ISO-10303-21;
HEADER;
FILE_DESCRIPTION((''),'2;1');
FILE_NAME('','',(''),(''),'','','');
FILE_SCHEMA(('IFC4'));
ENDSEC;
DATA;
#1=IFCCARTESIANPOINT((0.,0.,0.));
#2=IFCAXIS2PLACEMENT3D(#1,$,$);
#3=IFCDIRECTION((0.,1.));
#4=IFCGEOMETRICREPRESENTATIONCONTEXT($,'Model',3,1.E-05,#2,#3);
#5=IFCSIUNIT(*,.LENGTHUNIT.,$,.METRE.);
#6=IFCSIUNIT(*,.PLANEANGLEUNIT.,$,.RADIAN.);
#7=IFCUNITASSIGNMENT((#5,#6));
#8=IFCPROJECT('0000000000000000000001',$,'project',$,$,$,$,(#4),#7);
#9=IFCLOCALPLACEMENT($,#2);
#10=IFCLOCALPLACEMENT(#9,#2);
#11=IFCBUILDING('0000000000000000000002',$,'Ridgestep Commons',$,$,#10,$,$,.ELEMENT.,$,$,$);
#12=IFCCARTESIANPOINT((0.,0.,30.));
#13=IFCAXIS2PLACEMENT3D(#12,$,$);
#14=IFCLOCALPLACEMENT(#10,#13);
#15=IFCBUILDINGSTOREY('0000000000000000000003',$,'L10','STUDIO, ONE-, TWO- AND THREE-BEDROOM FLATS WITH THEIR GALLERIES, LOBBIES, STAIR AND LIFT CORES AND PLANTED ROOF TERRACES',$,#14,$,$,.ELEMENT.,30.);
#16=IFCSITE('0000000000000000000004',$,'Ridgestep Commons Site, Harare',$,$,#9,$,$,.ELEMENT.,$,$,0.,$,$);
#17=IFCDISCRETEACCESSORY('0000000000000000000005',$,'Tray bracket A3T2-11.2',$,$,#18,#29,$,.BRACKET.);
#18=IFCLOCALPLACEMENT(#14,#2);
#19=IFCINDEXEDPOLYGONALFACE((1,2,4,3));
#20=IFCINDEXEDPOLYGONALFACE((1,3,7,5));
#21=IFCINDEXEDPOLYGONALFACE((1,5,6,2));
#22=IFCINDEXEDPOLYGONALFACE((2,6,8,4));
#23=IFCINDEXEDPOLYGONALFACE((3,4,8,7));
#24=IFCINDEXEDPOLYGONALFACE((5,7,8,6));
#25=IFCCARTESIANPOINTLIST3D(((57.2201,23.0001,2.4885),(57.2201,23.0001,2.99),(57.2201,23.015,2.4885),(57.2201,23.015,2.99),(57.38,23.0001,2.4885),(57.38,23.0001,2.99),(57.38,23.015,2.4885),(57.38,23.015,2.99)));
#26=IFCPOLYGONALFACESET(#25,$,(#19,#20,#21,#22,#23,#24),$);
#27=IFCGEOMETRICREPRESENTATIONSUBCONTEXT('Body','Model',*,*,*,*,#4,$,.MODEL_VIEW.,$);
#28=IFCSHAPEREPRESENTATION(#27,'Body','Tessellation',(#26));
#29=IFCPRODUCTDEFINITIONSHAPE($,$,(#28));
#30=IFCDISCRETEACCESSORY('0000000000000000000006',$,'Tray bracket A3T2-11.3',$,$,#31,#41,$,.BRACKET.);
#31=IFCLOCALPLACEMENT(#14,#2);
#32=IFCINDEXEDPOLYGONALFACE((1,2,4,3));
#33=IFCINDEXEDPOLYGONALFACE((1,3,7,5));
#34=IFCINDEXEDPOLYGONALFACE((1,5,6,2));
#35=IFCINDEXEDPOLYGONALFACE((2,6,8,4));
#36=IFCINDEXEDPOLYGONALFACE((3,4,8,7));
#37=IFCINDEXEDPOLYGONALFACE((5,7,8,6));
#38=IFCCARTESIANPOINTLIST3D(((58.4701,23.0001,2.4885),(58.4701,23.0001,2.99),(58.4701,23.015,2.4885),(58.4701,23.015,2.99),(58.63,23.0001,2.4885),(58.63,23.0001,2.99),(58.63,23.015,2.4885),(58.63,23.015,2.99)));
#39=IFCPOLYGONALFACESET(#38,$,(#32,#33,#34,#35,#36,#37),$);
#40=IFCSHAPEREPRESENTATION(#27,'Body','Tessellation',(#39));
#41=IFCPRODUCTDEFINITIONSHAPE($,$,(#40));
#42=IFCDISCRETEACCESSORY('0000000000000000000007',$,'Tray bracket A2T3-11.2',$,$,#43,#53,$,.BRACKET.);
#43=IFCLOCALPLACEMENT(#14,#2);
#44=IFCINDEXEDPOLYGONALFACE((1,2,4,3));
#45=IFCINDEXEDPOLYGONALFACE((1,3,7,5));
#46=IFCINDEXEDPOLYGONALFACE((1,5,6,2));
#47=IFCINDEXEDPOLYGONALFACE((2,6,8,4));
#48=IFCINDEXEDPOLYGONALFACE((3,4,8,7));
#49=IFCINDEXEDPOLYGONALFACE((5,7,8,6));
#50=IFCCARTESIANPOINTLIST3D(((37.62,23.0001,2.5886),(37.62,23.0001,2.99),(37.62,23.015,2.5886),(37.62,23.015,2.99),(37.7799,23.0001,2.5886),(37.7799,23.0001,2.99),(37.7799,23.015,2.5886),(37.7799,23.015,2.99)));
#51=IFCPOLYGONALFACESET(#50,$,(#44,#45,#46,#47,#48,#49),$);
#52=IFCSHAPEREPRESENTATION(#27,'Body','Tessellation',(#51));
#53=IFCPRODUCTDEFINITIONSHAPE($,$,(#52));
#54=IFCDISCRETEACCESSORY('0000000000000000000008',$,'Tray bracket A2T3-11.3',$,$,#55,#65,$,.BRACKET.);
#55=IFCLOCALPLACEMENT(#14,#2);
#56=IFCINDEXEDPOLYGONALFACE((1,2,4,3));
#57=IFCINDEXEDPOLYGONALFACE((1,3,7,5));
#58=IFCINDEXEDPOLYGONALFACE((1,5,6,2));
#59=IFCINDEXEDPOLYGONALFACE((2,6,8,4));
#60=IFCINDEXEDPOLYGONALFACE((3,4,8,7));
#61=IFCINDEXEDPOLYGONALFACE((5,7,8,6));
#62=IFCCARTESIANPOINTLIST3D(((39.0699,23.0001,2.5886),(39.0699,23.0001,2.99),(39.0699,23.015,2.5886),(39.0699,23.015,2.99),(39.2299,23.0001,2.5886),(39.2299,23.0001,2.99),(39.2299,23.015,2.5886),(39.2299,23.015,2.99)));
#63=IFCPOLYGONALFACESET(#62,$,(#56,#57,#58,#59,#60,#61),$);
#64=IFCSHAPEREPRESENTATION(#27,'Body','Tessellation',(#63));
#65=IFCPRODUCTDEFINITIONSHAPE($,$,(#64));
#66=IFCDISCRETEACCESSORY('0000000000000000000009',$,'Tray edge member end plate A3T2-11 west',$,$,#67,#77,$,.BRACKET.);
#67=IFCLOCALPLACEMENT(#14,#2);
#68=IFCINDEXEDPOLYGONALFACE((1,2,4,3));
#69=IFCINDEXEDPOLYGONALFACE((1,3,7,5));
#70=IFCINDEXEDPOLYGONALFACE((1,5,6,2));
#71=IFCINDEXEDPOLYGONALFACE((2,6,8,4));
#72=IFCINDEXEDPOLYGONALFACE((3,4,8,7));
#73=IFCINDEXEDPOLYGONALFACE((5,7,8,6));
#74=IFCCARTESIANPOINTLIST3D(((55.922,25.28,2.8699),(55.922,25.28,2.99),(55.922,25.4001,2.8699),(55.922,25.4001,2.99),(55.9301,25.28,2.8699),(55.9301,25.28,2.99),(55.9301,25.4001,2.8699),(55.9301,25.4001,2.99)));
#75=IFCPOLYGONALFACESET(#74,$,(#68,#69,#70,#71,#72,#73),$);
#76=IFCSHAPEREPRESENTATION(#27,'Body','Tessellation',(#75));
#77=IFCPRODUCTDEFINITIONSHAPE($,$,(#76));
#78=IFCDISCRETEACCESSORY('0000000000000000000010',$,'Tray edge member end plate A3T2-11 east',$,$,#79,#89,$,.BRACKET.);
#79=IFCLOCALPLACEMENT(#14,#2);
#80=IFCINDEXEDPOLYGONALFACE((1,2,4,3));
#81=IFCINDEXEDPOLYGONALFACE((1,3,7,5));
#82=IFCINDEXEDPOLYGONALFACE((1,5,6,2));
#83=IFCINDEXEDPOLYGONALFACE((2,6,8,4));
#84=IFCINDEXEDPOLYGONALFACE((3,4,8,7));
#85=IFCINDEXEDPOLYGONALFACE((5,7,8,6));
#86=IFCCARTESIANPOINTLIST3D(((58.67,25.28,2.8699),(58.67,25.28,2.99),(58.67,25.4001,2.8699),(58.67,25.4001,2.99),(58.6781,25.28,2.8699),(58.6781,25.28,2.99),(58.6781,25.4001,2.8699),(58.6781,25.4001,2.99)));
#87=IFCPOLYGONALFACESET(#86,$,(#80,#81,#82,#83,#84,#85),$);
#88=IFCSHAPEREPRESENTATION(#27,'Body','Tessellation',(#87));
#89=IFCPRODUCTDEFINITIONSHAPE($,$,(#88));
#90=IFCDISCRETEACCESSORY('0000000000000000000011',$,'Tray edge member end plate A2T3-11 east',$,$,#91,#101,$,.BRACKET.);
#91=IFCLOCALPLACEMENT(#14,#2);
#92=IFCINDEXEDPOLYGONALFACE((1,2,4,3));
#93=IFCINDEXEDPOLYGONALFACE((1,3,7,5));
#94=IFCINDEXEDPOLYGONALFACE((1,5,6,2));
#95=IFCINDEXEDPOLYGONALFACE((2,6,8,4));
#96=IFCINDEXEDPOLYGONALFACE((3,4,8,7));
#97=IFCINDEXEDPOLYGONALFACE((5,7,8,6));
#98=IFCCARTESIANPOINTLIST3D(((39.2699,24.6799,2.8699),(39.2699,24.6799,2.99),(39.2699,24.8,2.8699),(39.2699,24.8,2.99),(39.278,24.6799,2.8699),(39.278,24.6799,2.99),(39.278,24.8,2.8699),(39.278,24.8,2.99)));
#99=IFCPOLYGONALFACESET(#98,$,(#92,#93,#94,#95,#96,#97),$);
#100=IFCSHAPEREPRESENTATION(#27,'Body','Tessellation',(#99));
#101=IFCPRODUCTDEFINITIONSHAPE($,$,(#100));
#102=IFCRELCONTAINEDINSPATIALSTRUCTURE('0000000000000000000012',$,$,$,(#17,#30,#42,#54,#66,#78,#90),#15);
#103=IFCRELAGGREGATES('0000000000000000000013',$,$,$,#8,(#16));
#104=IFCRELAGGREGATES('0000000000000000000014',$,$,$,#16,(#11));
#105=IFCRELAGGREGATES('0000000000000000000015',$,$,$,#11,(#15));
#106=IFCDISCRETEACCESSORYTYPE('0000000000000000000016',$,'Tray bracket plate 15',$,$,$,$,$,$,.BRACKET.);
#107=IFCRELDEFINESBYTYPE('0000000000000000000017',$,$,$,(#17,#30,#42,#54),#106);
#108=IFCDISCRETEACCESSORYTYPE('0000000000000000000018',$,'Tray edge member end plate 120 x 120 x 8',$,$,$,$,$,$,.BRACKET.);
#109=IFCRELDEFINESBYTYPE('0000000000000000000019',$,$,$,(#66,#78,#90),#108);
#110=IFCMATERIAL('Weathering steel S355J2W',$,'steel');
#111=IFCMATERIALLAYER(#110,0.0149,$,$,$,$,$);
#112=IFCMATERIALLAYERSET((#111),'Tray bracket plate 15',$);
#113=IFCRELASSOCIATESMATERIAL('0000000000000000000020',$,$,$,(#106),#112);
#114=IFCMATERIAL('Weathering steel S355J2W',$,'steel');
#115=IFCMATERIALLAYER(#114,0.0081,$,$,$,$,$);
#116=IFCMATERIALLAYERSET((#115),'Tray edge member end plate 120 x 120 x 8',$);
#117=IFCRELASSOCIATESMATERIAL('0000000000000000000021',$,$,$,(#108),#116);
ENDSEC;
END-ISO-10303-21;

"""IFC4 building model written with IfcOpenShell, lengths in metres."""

from ifc_helpers import new_model, si_unit, direction, frame, origin, origin_2d, place, context, subcontext, project, spatial, rectangle, extrude, material, layer, layer_set, type_object, element, save


model = new_model("IFC4")

# Units and contexts
model_context = context("Model", 3, precision=1e-05, world=origin(), true_north=direction((0.0, 1.0)))
body_context = subcontext(model_context, "Body", "Model", "MODEL_VIEW")
ifc_project = project(units=[si_unit("LENGTHUNIT", "METRE"), si_unit("PLANEANGLEUNIT", "RADIAN")], contexts=[model_context])

# Site, building, storey
site_placement = place(None, origin())
site = spatial("IfcSite", under=ifc_project, at=site_placement, Name="Ridgestep Commons Site, Harare", CompositionType="ELEMENT", RefElevation=0.0)
building_placement = place(site_placement, origin())
building = spatial("IfcBuilding", under=site, at=building_placement, Name="Ridgestep Commons", CompositionType="ELEMENT")
storey_placement = place(building_placement, frame((0.0, 0.0, 30.0)))
storey = spatial("IfcBuildingStorey", under=building, at=storey_placement, Name="L10", Description="STUDIO, ONE-, TWO- AND THREE-BEDROOM FLATS WITH THEIR GALLERIES, LOBBIES, STAIR AND LIFT CORES AND PLANTED ROOF TERRACES", CompositionType="ELEMENT", Elevation=30.0)

# Discrete accessories
ifc_material_1 = material(Name="Weathering steel S355J2W", Category="steel")
ifc_layer_1 = layer(ifc_material_1, 0.0149)
ifc_layer_set_1 = layer_set([ifc_layer_1], Name="Tray bracket plate 15")
discrete_accessory_type_1 = type_object("IfcDiscreteAccessoryType", Name="Tray bracket plate 15", PredefinedType="BRACKET", material=ifc_layer_set_1)
for number, where, z_axis, x_axis, name in (
    (1, (57.3, 23.0076, 2.4885), (0.0, 0.0, 1.0), (1.0, 0.0, 0.0), "Tray bracket A3T2-11.2"),
    (2, (58.55, 23.0076, 2.4885), (0.0, 0.0, 1.0), (1.0, 0.0, 0.0), "Tray bracket A3T2-11.3"),
):
    element("IfcDiscreteAccessory", number, at=place(storey_placement, frame(where, z_axis=z_axis, x_axis=x_axis)), inside=storey, type_object=discrete_accessory_type_1, Name=name, PredefinedType="BRACKET", context=body_context, shape_type="SweptSolid", body=[
        extrude(rectangle(XDim=0.1599, YDim=0.0149, at=origin_2d()), origin(), (0.0, 0.0, 1.0), 0.5015),
    ])
for number, where, z_axis, x_axis, name in (
    (3, (37.7, 23.0076, 2.5886), (0.0, 0.0, 1.0), (1.0, 0.0, 0.0), "Tray bracket A2T3-11.2"),
    (4, (39.1499, 23.0076, 2.5886), (0.0, 0.0, 1.0), (1.0, 0.0, 0.0), "Tray bracket A2T3-11.3"),
):
    element("IfcDiscreteAccessory", number, at=place(storey_placement, frame(where, z_axis=z_axis, x_axis=x_axis)), inside=storey, type_object=discrete_accessory_type_1, Name=name, PredefinedType="BRACKET", context=body_context, shape_type="SweptSolid", body=[
        extrude(rectangle(XDim=0.1599, YDim=0.0149, at=origin_2d()), origin(), (0.0, 0.0, 1.0), 0.4014),
    ])
ifc_material_2 = material(Name="Weathering steel S355J2W", Category="steel")
ifc_layer_2 = layer(ifc_material_2, 0.0081)
ifc_layer_set_2 = layer_set([ifc_layer_2], Name="Tray edge member end plate 120 x 120 x 8")
discrete_accessory_type_2 = type_object("IfcDiscreteAccessoryType", Name="Tray edge member end plate 120 x 120 x 8", PredefinedType="BRACKET", material=ifc_layer_set_2)
for number, where, z_axis, x_axis, name in (
    (5, (55.926, 25.3401, 2.8699), (0.0, 0.0, 1.0), (1.0, 0.0, 0.0), "Tray edge member end plate A3T2-11 west"),
    (6, (58.6741, 25.3401, 2.8699), (0.0, 0.0, 1.0), (1.0, 0.0, 0.0), "Tray edge member end plate A3T2-11 east"),
    (7, (39.2739, 24.74, 2.8699), (0.0, 0.0, 1.0), (1.0, 0.0, 0.0), "Tray edge member end plate A2T3-11 east"),
):
    element("IfcDiscreteAccessory", number, at=place(storey_placement, frame(where, z_axis=z_axis, x_axis=x_axis)), inside=storey, type_object=discrete_accessory_type_2, Name=name, PredefinedType="BRACKET", context=body_context, shape_type="SweptSolid", body=[
        extrude(rectangle(XDim=0.0081, YDim=0.1201, at=origin_2d()), origin(), (0.0, 0.0, 1.0), 0.1201),
    ])

save(model, "model.ifc")
